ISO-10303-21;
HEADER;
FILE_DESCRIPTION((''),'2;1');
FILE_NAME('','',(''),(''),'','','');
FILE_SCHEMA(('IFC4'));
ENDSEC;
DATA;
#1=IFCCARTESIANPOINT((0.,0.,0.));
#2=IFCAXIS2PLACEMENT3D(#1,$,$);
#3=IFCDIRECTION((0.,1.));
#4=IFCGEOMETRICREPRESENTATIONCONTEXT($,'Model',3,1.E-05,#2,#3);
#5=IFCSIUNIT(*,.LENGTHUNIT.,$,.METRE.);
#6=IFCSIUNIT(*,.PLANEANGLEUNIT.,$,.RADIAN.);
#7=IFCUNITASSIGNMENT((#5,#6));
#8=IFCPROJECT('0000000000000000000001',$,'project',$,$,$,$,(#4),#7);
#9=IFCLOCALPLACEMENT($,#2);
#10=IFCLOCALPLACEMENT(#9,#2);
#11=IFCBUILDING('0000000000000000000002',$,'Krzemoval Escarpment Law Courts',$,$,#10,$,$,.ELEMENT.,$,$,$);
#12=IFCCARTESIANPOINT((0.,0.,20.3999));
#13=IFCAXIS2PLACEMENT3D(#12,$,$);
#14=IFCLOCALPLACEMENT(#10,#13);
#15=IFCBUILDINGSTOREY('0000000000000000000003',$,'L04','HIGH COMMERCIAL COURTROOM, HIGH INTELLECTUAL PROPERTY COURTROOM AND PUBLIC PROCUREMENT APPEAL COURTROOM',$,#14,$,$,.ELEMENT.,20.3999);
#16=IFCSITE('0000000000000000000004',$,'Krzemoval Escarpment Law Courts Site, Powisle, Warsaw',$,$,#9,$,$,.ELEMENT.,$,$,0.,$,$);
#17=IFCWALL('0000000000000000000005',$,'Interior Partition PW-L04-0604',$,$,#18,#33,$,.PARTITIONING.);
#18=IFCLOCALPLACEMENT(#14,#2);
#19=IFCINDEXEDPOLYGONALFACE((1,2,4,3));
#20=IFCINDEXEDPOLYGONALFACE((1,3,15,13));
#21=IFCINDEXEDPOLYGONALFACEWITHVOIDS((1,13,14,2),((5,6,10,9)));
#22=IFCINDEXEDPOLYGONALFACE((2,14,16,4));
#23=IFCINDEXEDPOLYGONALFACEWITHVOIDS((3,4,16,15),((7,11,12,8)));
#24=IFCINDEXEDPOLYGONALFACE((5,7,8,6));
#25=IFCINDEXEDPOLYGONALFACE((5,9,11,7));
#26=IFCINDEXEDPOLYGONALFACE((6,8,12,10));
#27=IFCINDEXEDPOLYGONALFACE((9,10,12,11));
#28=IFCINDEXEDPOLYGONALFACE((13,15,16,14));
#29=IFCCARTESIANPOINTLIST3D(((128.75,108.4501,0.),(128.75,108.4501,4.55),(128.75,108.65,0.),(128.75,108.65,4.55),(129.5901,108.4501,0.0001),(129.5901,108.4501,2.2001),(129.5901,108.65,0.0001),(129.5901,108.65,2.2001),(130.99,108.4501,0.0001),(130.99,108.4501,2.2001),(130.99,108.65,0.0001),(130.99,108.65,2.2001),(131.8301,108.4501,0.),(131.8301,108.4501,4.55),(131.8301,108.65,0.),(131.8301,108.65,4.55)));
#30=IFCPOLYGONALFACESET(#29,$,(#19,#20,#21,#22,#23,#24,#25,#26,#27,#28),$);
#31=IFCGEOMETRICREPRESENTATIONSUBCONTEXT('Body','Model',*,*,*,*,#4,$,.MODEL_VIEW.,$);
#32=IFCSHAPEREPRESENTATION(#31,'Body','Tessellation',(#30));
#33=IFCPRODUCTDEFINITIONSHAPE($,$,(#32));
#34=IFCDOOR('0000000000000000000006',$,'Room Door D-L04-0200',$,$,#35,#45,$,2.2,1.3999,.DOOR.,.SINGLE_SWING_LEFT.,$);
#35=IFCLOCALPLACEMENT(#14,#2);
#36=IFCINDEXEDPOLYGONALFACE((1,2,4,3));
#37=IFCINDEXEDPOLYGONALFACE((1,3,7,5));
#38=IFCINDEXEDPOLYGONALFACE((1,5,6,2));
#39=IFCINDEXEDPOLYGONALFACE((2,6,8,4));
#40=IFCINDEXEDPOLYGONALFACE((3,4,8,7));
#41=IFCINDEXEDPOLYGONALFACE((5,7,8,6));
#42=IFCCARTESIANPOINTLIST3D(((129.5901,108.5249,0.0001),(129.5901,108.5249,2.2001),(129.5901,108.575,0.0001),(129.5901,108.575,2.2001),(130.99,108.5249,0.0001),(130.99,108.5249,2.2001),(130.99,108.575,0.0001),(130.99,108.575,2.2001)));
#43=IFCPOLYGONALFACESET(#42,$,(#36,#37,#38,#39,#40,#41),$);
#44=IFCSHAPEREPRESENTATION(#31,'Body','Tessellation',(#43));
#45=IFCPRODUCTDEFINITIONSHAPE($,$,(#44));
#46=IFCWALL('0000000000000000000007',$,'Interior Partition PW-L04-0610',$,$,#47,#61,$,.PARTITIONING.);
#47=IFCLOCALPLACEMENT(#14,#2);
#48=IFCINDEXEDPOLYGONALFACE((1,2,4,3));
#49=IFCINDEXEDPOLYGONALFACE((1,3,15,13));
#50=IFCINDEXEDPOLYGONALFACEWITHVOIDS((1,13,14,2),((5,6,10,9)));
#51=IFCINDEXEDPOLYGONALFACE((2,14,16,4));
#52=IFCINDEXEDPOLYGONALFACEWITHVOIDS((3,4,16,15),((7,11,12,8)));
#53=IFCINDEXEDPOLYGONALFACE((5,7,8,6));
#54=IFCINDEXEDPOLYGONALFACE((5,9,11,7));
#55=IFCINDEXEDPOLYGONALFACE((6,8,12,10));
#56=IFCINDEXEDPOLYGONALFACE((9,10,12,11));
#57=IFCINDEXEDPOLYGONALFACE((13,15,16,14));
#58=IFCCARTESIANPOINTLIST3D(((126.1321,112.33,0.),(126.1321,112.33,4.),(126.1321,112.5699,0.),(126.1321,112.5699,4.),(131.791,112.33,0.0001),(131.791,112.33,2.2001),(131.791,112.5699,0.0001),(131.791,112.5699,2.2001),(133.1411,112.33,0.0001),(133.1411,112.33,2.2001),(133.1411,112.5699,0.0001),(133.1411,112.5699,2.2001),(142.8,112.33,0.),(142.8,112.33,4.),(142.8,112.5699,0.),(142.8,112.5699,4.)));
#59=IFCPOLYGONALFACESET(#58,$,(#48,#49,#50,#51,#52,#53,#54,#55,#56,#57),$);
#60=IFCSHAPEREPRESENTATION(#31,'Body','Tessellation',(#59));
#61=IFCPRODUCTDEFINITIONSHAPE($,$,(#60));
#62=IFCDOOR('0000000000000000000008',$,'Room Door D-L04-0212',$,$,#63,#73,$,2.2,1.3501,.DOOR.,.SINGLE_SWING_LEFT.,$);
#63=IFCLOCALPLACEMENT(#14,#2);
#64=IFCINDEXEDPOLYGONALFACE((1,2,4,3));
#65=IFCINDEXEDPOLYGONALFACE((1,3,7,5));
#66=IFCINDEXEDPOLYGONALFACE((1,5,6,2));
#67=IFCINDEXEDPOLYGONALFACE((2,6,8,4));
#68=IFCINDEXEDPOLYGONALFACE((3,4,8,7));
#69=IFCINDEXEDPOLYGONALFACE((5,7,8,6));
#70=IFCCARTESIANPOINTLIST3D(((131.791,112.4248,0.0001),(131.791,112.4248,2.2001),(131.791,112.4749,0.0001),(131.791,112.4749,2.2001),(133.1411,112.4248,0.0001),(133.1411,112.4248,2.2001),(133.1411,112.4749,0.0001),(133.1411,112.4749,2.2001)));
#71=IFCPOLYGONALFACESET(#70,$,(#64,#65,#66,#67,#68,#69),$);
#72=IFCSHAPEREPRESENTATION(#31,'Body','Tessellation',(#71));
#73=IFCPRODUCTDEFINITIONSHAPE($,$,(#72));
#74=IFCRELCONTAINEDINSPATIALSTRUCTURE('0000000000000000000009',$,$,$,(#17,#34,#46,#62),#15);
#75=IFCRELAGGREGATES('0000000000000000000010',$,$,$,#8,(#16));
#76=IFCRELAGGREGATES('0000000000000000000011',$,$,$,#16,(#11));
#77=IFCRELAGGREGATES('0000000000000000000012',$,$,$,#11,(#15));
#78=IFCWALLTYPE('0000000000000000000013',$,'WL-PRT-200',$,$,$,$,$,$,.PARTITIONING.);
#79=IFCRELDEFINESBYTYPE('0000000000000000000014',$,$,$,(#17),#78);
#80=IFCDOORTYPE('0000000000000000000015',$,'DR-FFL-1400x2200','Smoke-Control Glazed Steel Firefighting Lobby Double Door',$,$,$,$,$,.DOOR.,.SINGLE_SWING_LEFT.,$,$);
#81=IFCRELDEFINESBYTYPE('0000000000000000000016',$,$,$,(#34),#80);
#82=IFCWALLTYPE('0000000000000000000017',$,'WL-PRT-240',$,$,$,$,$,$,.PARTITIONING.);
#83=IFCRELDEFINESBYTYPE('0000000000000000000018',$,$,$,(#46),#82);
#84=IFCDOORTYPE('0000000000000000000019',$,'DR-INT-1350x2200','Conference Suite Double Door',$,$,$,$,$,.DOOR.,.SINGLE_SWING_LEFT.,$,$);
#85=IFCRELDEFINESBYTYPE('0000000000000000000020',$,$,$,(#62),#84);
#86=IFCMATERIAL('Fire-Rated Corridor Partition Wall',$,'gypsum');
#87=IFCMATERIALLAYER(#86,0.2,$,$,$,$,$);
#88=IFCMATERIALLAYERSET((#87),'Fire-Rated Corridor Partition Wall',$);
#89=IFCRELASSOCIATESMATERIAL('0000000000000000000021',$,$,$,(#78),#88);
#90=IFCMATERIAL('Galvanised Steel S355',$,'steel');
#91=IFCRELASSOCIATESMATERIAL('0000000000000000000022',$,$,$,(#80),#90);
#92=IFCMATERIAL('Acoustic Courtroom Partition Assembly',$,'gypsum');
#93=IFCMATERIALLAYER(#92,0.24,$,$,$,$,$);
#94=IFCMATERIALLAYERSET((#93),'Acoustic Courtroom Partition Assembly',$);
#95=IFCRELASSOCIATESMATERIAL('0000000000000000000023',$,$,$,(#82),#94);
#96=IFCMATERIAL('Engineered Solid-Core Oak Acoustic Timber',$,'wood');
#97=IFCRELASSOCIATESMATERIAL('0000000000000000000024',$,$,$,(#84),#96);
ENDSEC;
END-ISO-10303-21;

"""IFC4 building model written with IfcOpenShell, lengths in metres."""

from ifc_helpers import new_model, si_unit, direction, frame, frame_2d, origin, place, context, subcontext, project, spatial, rectangle, extrude, material, layer, layer_set, type_object, element, fill, save


model = new_model("IFC4")

# Units and contexts
model_context = context("Model", 3, precision=1e-05, world=origin(), true_north=direction((0.0, 1.0)))
body_context = subcontext(model_context, "Body", "Model", "MODEL_VIEW")
ifc_project = project(units=[si_unit("LENGTHUNIT", "METRE"), si_unit("PLANEANGLEUNIT", "RADIAN")], contexts=[model_context])

# Site, building, storey
site_placement = place(None, origin())
site = spatial("IfcSite", under=ifc_project, at=site_placement, Name="Krzemoval Escarpment Law Courts Site, Powisle, Warsaw", CompositionType="ELEMENT", RefElevation=0.0)
building_placement = place(site_placement, origin())
building = spatial("IfcBuilding", under=site, at=building_placement, Name="Krzemoval Escarpment Law Courts", CompositionType="ELEMENT")
storey_placement = place(building_placement, frame((0.0, 0.0, 20.3999)))
storey = spatial("IfcBuildingStorey", under=building, at=storey_placement, Name="L04", Description="HIGH COMMERCIAL COURTROOM, HIGH INTELLECTUAL PROPERTY COURTROOM AND PUBLIC PROCUREMENT APPEAL COURTROOM", CompositionType="ELEMENT", Elevation=20.3999)

# Walls, openings, doors
ifc_material_1 = material(Name="Fire-Rated Corridor Partition Wall", Category="gypsum")
ifc_layer_1 = layer(ifc_material_1, 0.2)
ifc_layer_set_1 = layer_set([ifc_layer_1], Name="Fire-Rated Corridor Partition Wall")
wall_type_1 = type_object("IfcWallType", Name="WL-PRT-200", PredefinedType="PARTITIONING", material=ifc_layer_set_1)
wall_1_placement = place(storey_placement, frame((128.75, 108.55, 0.0), z_axis=(0.0, 0.0, 1.0), x_axis=(1.0, 0.0, 0.0)))
wall_1 = element("IfcWall", 1, at=wall_1_placement, inside=storey, type_object=wall_type_1, Name="Interior Partition PW-L04-0604", PredefinedType="PARTITIONING", context=body_context, shape_type="SweptSolid", body=[
    extrude(rectangle(XDim=3.0801, YDim=0.2, at=frame_2d((1.54, 0.0))), origin(), (0.0, 0.0, 1.0), 4.55),
])
opening_1_placement = place(wall_1_placement, frame((0.8401, 0.0, 0.0)))
opening_1 = element("IfcOpeningElement", 2, at=opening_1_placement, cuts=wall_1, PredefinedType="OPENING", context=body_context, shape_type="SweptSolid", body=[
    extrude(rectangle(XDim=1.3999, YDim=2.2, at=frame_2d((0.7, 1.1001))), frame((0.0, 0.115, 0.0), z_axis=(0.0, -1.0, 0.0), x_axis=(1.0, 0.0, 0.0)), (0.0, 0.0, 1.0), 0.2299),
])
ifc_material_2 = material(Name="Galvanised Steel S355", Category="steel")
door_type_1 = type_object("IfcDoorType", Name="DR-FFL-1400x2200", Description="Smoke-Control Glazed Steel Firefighting Lobby Double Door", OperationType="SINGLE_SWING_LEFT", PredefinedType="DOOR", material=ifc_material_2)
door_1_placement = place(opening_1_placement, origin())
door_1 = element("IfcDoor", 3, at=door_1_placement, inside=storey, type_object=door_type_1, Name="Room Door D-L04-0200", OperationType="SINGLE_SWING_LEFT", OverallHeight=2.2, OverallWidth=1.3999, PredefinedType="DOOR", context=body_context, shape_type="SweptSolid", body=[
    extrude(rectangle(XDim=1.3999, YDim=2.2, at=frame_2d((0.7, 1.1001))), frame((0.0, 0.0249, 0.0), z_axis=(0.0, -1.0, 0.0), x_axis=(1.0, 0.0, 0.0)), (0.0, 0.0, 1.0), 0.05),
])
fill(opening_1, door_1)
ifc_material_3 = material(Name="Acoustic Courtroom Partition Assembly", Category="gypsum")
ifc_layer_2 = layer(ifc_material_3, 0.24)
ifc_layer_set_2 = layer_set([ifc_layer_2], Name="Acoustic Courtroom Partition Assembly")
wall_type_2 = type_object("IfcWallType", Name="WL-PRT-240", PredefinedType="PARTITIONING", material=ifc_layer_set_2)
wall_2_placement = place(storey_placement, frame((126.1321, 112.45, 0.0), z_axis=(0.0, 0.0, 1.0), x_axis=(1.0, 0.0, 0.0)))
wall_2 = element("IfcWall", 4, at=wall_2_placement, inside=storey, type_object=wall_type_2, Name="Interior Partition PW-L04-0610", PredefinedType="PARTITIONING", context=body_context, shape_type="SweptSolid", body=[
    extrude(rectangle(XDim=16.668, YDim=0.24, at=frame_2d((8.334, 0.0))), origin(), (0.0, 0.0, 1.0), 4.0),
])
opening_2_placement = place(wall_2_placement, frame((5.6589, 0.0, 0.0)))
opening_2 = element("IfcOpeningElement", 5, at=opening_2_placement, cuts=wall_2, PredefinedType="OPENING", context=body_context, shape_type="SweptSolid", body=[
    extrude(rectangle(XDim=1.3501, YDim=2.2, at=frame_2d((0.675, 1.1001))), frame((0.0, 0.135, 0.0), z_axis=(0.0, -1.0, 0.0), x_axis=(1.0, 0.0, 0.0)), (0.0, 0.0, 1.0), 0.27),
])
ifc_material_4 = material(Name="Engineered Solid-Core Oak Acoustic Timber", Category="wood")
door_type_2 = type_object("IfcDoorType", Name="DR-INT-1350x2200", Description="Conference Suite Double Door", OperationType="SINGLE_SWING_LEFT", PredefinedType="DOOR", material=ifc_material_4)
door_2_placement = place(opening_2_placement, origin())
door_2 = element("IfcDoor", 6, at=door_2_placement, inside=storey, type_object=door_type_2, Name="Room Door D-L04-0212", OperationType="SINGLE_SWING_LEFT", OverallHeight=2.2, OverallWidth=1.3501, PredefinedType="DOOR", context=body_context, shape_type="SweptSolid", body=[
    extrude(rectangle(XDim=1.3501, YDim=2.2, at=frame_2d((0.675, 1.1001))), frame((0.0, 0.0249, 0.0), z_axis=(0.0, -1.0, 0.0), x_axis=(1.0, 0.0, 0.0)), (0.0, 0.0, 1.0), 0.05),
])
fill(opening_2, door_2)

save(model, "model.ifc")
